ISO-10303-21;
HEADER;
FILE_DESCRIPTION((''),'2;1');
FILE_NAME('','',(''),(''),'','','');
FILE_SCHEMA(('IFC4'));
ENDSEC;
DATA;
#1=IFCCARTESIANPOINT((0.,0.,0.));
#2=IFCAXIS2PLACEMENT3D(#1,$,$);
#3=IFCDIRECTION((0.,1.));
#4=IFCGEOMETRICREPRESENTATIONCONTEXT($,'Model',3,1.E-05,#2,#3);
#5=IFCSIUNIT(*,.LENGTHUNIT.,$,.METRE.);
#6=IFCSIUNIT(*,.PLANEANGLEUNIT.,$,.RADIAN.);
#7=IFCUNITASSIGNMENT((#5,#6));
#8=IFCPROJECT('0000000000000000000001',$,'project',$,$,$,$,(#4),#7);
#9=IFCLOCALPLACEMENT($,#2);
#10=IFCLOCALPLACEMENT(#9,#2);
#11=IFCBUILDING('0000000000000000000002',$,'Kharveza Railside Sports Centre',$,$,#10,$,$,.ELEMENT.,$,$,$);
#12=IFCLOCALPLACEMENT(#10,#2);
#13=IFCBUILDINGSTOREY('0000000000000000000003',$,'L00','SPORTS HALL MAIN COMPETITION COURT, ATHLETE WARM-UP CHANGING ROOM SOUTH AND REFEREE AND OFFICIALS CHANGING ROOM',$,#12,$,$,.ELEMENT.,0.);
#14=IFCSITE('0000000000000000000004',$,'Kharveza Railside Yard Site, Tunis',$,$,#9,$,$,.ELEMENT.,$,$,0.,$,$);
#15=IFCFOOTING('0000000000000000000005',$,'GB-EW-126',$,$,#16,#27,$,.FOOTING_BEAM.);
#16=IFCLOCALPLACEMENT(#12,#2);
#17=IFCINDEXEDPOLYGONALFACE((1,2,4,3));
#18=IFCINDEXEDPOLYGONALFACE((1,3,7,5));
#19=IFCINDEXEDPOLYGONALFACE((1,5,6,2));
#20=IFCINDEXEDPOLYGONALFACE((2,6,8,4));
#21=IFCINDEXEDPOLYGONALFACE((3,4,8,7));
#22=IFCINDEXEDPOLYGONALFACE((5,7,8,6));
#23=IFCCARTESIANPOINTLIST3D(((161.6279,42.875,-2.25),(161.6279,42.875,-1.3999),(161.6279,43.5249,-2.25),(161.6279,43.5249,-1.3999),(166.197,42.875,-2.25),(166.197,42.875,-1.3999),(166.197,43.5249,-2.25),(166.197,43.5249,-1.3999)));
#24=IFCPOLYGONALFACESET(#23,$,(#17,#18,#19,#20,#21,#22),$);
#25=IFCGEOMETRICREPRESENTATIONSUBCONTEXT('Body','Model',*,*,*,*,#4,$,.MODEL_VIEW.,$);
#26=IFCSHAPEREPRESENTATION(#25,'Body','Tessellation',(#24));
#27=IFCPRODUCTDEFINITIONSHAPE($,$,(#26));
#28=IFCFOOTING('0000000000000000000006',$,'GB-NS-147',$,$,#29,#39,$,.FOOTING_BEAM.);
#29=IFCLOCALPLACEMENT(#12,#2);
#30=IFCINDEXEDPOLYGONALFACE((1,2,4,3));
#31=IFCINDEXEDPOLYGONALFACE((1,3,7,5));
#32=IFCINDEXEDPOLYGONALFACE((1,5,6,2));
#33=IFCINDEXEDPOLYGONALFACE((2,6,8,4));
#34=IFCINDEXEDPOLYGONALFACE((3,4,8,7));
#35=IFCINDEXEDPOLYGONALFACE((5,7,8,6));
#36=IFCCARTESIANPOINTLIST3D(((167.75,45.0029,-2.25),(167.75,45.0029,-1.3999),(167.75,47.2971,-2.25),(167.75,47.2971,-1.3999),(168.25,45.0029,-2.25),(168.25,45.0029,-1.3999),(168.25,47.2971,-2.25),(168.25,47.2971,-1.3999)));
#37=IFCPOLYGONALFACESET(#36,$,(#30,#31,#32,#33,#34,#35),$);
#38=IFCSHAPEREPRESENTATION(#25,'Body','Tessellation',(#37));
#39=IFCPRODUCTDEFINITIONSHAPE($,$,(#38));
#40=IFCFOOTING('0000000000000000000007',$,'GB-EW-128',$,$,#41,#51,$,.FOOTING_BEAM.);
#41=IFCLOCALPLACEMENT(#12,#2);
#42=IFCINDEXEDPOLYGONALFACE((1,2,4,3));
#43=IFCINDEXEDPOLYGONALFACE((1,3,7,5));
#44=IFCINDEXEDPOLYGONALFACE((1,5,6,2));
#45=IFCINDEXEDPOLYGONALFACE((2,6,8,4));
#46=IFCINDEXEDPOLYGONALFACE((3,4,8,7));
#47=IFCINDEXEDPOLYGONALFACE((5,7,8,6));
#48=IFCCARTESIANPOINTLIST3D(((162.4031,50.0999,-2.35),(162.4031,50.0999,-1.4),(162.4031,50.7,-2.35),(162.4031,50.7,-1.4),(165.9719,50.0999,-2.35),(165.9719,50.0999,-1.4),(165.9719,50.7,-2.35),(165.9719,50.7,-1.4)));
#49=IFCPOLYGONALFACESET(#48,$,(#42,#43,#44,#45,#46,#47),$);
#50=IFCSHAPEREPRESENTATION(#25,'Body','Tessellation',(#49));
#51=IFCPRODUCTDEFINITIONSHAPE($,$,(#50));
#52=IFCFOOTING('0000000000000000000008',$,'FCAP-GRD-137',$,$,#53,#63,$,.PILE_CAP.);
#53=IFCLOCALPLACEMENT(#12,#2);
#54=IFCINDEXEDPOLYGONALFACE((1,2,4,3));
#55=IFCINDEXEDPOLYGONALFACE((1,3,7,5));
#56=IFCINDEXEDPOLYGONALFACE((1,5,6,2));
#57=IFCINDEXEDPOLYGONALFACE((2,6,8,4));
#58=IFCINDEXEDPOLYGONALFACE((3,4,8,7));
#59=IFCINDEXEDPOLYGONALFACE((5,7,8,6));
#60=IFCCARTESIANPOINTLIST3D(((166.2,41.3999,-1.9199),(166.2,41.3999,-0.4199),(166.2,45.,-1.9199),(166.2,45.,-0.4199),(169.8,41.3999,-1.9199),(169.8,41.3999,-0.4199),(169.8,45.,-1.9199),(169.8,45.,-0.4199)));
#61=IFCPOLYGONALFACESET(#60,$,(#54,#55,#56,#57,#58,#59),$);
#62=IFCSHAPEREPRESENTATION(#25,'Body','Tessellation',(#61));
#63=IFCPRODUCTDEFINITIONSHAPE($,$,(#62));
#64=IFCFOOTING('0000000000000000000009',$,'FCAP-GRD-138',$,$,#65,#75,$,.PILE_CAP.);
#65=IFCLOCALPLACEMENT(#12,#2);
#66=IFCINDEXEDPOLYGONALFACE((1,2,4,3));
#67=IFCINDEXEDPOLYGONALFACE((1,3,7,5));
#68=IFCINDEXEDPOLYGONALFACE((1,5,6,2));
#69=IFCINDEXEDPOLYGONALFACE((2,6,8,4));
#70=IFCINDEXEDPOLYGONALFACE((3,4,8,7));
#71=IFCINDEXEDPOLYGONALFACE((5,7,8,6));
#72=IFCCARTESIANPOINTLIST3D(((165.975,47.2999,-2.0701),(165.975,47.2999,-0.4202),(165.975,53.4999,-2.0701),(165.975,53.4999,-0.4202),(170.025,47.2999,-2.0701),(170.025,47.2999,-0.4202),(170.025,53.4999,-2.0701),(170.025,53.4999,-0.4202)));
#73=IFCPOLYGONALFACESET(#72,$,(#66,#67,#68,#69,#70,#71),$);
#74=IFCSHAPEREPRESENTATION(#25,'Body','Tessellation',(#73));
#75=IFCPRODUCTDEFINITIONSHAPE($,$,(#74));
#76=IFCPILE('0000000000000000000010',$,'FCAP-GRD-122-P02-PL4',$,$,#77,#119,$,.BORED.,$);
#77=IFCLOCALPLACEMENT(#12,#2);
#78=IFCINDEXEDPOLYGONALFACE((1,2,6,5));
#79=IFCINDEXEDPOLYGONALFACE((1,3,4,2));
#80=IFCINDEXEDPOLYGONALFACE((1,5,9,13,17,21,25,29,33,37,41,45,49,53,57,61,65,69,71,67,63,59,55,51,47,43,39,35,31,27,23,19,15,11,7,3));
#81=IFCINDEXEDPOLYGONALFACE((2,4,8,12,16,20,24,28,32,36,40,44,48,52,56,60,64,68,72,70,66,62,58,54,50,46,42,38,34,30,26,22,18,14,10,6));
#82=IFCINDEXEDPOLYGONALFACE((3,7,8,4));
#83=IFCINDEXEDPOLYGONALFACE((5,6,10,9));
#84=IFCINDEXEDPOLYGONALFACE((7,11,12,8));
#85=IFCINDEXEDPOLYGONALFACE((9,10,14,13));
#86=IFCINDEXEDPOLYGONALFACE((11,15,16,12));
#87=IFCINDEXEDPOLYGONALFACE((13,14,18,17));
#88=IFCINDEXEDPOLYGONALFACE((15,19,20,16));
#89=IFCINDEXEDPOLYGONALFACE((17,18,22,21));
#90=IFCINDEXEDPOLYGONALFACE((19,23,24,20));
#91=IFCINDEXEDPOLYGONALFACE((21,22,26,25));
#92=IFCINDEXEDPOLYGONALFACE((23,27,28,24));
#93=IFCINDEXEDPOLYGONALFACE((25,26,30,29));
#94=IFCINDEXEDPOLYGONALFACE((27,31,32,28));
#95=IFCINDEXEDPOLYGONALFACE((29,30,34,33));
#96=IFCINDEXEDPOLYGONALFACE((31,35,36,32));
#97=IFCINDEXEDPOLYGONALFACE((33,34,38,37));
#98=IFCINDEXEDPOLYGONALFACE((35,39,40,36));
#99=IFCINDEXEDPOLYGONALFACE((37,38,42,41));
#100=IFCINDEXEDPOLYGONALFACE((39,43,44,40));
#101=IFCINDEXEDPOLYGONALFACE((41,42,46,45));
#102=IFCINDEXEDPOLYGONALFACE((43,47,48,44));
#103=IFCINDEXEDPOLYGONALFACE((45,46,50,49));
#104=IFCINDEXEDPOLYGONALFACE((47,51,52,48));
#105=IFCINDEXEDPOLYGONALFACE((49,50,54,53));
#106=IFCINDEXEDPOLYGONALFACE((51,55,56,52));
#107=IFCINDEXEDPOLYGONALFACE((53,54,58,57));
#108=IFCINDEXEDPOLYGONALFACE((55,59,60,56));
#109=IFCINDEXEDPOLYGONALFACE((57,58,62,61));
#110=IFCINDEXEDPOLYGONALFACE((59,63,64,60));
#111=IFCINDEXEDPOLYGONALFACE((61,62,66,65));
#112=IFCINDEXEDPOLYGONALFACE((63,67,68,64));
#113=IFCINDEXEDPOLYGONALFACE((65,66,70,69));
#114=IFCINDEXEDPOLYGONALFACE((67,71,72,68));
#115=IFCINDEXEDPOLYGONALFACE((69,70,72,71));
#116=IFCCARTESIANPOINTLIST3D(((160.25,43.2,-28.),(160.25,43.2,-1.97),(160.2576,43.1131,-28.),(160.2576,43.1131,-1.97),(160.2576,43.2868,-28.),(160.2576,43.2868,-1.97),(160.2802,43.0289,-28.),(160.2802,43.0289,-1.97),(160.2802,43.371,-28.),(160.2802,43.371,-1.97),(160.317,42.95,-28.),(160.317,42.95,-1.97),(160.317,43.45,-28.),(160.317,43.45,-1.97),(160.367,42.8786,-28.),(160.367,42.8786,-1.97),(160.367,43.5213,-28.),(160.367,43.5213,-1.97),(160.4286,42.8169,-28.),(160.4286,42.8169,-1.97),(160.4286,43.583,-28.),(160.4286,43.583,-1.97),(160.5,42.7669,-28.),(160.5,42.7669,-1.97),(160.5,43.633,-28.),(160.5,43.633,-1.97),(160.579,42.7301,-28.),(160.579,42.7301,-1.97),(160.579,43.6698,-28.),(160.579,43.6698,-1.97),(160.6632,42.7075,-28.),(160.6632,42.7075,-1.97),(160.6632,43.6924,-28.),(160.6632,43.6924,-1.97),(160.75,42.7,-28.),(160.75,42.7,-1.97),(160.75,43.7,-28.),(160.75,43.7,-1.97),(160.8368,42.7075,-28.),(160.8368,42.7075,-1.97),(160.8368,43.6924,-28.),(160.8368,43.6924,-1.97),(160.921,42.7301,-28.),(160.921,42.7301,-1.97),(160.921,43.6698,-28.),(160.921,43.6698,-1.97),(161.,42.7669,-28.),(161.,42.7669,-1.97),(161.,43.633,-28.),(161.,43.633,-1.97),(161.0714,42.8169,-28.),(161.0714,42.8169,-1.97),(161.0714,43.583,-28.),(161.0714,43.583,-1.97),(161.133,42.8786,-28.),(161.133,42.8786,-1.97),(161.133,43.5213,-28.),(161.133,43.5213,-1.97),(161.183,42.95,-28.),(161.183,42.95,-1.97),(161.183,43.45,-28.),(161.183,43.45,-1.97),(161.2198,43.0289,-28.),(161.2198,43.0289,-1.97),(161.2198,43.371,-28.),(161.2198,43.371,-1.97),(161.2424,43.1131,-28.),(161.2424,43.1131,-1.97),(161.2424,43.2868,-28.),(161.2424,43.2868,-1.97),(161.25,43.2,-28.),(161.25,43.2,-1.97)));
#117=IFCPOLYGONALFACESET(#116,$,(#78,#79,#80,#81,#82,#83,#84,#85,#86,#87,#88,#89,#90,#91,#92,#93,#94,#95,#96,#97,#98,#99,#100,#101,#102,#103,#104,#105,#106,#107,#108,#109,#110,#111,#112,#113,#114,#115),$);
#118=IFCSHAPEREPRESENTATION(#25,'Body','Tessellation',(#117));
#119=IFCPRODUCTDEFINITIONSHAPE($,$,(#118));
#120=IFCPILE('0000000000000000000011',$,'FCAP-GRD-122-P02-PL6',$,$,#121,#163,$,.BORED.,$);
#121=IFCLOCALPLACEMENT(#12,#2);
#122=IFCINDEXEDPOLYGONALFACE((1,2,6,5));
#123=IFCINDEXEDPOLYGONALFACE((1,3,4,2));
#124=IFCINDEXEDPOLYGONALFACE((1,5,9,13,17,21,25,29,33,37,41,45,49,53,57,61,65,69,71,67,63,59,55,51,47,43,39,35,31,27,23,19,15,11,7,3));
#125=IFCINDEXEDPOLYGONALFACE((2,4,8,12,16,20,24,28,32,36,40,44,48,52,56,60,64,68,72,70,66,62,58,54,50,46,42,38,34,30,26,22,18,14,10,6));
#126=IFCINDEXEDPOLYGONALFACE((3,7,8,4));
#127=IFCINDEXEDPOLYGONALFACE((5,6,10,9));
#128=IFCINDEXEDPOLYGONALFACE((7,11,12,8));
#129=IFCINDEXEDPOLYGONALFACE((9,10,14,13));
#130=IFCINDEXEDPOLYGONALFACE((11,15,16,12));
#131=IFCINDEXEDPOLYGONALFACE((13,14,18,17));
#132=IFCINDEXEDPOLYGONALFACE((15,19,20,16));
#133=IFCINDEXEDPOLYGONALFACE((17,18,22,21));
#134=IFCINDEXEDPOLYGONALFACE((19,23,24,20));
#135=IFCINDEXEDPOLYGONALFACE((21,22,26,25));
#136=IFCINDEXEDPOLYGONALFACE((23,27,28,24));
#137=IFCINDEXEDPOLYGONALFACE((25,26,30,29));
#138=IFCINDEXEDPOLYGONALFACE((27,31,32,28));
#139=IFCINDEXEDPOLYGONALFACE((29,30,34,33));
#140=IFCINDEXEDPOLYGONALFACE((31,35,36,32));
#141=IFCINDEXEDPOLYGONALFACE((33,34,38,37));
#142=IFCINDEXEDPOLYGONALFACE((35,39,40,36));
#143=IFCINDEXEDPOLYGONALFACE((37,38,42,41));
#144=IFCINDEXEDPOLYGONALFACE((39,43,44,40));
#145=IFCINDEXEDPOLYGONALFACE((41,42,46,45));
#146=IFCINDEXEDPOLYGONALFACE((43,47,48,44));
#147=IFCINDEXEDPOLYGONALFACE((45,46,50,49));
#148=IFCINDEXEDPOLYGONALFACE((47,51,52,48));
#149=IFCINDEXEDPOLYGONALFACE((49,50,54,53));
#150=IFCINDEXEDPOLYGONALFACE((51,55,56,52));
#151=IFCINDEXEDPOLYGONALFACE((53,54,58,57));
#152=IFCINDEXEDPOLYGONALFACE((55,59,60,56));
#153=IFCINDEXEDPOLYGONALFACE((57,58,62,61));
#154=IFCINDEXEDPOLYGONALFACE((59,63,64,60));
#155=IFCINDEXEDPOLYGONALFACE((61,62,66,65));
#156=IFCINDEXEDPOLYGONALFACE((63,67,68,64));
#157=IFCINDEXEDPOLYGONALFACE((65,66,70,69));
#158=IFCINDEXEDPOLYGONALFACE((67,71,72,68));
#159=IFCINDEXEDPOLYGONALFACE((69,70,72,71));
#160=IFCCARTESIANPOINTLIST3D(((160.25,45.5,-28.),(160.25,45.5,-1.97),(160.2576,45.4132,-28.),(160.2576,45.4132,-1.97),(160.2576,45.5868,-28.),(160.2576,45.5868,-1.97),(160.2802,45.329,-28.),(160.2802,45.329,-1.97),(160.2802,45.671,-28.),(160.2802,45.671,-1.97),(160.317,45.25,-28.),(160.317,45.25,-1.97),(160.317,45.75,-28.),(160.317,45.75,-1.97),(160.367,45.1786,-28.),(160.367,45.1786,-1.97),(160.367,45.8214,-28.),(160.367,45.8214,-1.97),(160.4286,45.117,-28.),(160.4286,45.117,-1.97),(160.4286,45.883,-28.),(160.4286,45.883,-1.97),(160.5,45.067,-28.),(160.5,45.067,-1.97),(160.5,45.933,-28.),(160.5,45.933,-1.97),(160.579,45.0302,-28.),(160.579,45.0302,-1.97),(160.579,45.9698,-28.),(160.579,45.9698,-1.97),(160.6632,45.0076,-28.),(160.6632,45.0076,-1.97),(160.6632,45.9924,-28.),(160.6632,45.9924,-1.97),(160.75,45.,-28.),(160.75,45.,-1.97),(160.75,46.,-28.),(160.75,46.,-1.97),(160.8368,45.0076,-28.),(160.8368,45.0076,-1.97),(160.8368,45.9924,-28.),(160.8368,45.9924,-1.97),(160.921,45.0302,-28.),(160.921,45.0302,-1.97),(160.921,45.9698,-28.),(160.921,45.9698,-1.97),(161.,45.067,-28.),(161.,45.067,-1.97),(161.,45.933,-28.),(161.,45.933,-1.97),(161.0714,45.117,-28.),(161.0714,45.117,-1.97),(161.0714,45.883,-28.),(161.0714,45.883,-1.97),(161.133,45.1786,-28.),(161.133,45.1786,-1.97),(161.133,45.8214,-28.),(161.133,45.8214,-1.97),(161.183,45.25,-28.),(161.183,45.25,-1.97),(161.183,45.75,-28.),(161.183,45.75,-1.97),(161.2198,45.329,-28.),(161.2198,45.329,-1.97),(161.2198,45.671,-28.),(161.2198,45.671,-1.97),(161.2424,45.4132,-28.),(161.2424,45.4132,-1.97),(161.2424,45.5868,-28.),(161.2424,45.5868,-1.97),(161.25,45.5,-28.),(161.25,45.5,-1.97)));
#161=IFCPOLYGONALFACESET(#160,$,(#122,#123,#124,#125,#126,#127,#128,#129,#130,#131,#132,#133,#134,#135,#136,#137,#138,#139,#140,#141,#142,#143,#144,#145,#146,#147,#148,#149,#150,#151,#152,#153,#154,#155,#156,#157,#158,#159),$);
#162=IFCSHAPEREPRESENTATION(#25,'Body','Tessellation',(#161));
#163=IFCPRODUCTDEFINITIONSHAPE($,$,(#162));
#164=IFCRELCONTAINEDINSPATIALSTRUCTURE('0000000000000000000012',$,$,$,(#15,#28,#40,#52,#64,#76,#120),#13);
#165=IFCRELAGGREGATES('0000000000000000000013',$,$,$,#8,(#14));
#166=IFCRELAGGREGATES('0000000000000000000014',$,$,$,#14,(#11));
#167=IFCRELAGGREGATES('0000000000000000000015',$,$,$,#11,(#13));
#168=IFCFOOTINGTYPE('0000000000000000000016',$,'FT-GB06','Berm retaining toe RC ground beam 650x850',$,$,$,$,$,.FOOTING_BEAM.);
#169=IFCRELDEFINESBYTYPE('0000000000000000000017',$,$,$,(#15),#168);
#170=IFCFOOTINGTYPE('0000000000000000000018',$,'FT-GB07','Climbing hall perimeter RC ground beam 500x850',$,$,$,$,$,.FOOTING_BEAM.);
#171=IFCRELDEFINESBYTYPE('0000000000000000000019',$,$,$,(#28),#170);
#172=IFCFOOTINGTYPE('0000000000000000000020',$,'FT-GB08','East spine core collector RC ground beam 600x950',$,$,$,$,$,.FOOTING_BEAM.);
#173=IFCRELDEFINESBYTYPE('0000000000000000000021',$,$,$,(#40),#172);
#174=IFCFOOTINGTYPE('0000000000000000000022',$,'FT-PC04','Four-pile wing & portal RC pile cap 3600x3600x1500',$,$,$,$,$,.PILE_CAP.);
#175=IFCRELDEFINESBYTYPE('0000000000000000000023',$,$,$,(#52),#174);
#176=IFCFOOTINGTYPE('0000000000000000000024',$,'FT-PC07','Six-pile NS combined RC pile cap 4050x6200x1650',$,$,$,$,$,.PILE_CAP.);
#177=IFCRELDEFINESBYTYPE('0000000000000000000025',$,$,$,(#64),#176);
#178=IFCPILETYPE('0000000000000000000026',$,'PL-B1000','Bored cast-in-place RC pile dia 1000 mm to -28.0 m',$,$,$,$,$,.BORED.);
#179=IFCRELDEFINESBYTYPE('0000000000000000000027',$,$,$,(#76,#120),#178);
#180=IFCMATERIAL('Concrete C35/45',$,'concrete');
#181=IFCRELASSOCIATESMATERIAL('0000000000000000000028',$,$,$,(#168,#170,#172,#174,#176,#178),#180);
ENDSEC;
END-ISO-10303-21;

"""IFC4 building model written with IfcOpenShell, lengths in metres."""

from ifc_helpers import new_model, si_unit, direction, frame, origin, origin_2d, place, context, subcontext, project, spatial, rectangle, circle, extrude, material, material_profile, profile_set, type_object, element, save


model = new_model("IFC4")

# Units and contexts
model_context = context("Model", 3, precision=1e-05, world=origin(), true_north=direction((0.0, 1.0)))
body_context = subcontext(model_context, "Body", "Model", "MODEL_VIEW")
ifc_project = project(units=[si_unit("LENGTHUNIT", "METRE"), si_unit("PLANEANGLEUNIT", "RADIAN")], contexts=[model_context])

# Site, building, storey
site_placement = place(None, origin())
site = spatial("IfcSite", under=ifc_project, at=site_placement, Name="Kharveza Railside Yard Site, Tunis", CompositionType="ELEMENT", RefElevation=0.0)
building_placement = place(site_placement, origin())
building = spatial("IfcBuilding", under=site, at=building_placement, Name="Kharveza Railside Sports Centre", CompositionType="ELEMENT")
storey_placement = place(building_placement, origin())
storey = spatial("IfcBuildingStorey", under=building, at=storey_placement, Name="L00", Description="SPORTS HALL MAIN COMPETITION COURT, ATHLETE WARM-UP CHANGING ROOM SOUTH AND REFEREE AND OFFICIALS CHANGING ROOM", CompositionType="ELEMENT", Elevation=0.0)

# Footings
ifc_material_1 = material(Name="Concrete C35/45", Category="concrete")
ifc_material_profile_1 = material_profile(ifc_material_1, rectangle(XDim=0.6499, YDim=0.8501, at=origin_2d()), Name="GB 650x850")
ifc_profile_set_1 = profile_set([ifc_material_profile_1], Name="Concrete C35/45")
footing_type_1 = type_object("IfcFootingType", Name="FT-GB06", Description="Berm retaining toe RC ground beam 650x850", PredefinedType="FOOTING_BEAM", material=ifc_profile_set_1)
footing_1_placement = place(storey_placement, frame((161.6279, 43.2, -1.825), z_axis=(1.0, 0.0, 0.0), x_axis=(0.0, 1.0, 0.0)))
element("IfcFooting", 1, at=footing_1_placement, inside=storey, type_object=footing_type_1, Name="GB-EW-126", PredefinedType="FOOTING_BEAM", context=body_context, shape_type="SweptSolid", body=[
    extrude(rectangle(XDim=0.6499, YDim=0.8501, at=origin_2d()), origin(), (0.0, 0.0, 1.0), 4.5691),
])
ifc_material_profile_2 = material_profile(ifc_material_1, rectangle(XDim=0.5, YDim=0.8501, at=origin_2d()), Name="GB 500x850")
ifc_profile_set_2 = profile_set([ifc_material_profile_2], Name="Concrete C35/45")
footing_type_2 = type_object("IfcFootingType", Name="FT-GB07", Description="Climbing hall perimeter RC ground beam 500x850", PredefinedType="FOOTING_BEAM", material=ifc_profile_set_2)
footing_2_placement = place(storey_placement, frame((168.0, 45.0029, -1.825), z_axis=(0.0, 1.0, 0.0), x_axis=(-1.0, 0.0, 0.0)))
element("IfcFooting", 2, at=footing_2_placement, inside=storey, type_object=footing_type_2, Name="GB-NS-147", PredefinedType="FOOTING_BEAM", context=body_context, shape_type="SweptSolid", body=[
    extrude(rectangle(XDim=0.5, YDim=0.8501, at=origin_2d()), origin(), (0.0, 0.0, 1.0), 2.2942),
])
ifc_material_profile_3 = material_profile(ifc_material_1, rectangle(XDim=0.6001, YDim=0.95, at=origin_2d()), Name="GB 600x950")
ifc_profile_set_3 = profile_set([ifc_material_profile_3], Name="Concrete C35/45")
footing_type_3 = type_object("IfcFootingType", Name="FT-GB08", Description="East spine core collector RC ground beam 600x950", PredefinedType="FOOTING_BEAM", material=ifc_profile_set_3)
footing_3_placement = place(storey_placement, frame((162.4031, 50.3999, -1.875), z_axis=(1.0, 0.0, 0.0), x_axis=(0.0, 1.0, 0.0)))
element("IfcFooting", 3, at=footing_3_placement, inside=storey, type_object=footing_type_3, Name="GB-EW-128", PredefinedType="FOOTING_BEAM", context=body_context, shape_type="SweptSolid", body=[
    extrude(rectangle(XDim=0.6001, YDim=0.95, at=origin_2d()), origin(), (0.0, 0.0, 1.0), 3.5688),
])
footing_type_4 = type_object("IfcFootingType", Name="FT-PC04", Description="Four-pile wing & portal RC pile cap 3600x3600x1500", PredefinedType="PILE_CAP", material=ifc_material_1)
footing_4_placement = place(storey_placement, frame((168.0, 43.2, -1.9199), z_axis=(0.0, 0.0, 1.0), x_axis=(1.0, 0.0, 0.0)))
element("IfcFooting", 4, at=footing_4_placement, inside=storey, type_object=footing_type_4, Name="FCAP-GRD-137", PredefinedType="PILE_CAP", context=body_context, shape_type="SweptSolid", body=[
    extrude(rectangle(XDim=3.6001, YDim=3.6001, at=origin_2d()), origin(), (0.0, 0.0, 1.0), 1.5),
])
footing_type_5 = type_object("IfcFootingType", Name="FT-PC07", Description="Six-pile NS combined RC pile cap 4050x6200x1650", PredefinedType="PILE_CAP", material=ifc_material_1)
footing_5_placement = place(storey_placement, frame((168.0, 50.3999, -2.0701), z_axis=(0.0, 0.0, 1.0), x_axis=(1.0, 0.0, 0.0)))
element("IfcFooting", 5, at=footing_5_placement, inside=storey, type_object=footing_type_5, Name="FCAP-GRD-138", PredefinedType="PILE_CAP", context=body_context, shape_type="SweptSolid", body=[
    extrude(rectangle(XDim=4.05, YDim=6.2, at=origin_2d()), origin(), (0.0, 0.0, 1.0), 1.6499),
])

# Piles
ifc_material_profile_4 = material_profile(ifc_material_1, circle(Radius=0.5, at=origin_2d()), Name="PILE D1000")
ifc_profile_set_4 = profile_set([ifc_material_profile_4], Name="Concrete C35/45")
pile_type_1 = type_object("IfcPileType", Name="PL-B1000", Description="Bored cast-in-place RC pile dia 1000 mm to -28.0 m", PredefinedType="BORED", material=ifc_profile_set_4)
for number, where, z_axis, x_axis, name in (
    (6, (160.75, 43.2, -1.97), (0.0, 0.0, -1.0), (1.0, 0.0, 0.0), "FCAP-GRD-122-P02-PL4"),
    (7, (160.75, 45.5, -1.97), (0.0, 0.0, -1.0), (1.0, 0.0, 0.0), "FCAP-GRD-122-P02-PL6"),
):
    element("IfcPile", number, at=place(storey_placement, frame(where, z_axis=z_axis, x_axis=x_axis)), inside=storey, type_object=pile_type_1, Name=name, PredefinedType="BORED", context=body_context, shape_type="SweptSolid", body=[
        extrude(circle(Radius=0.5, at=origin_2d()), origin(), (0.0, 0.0, 1.0), 26.03),
    ])

save(model, "model.ifc")
